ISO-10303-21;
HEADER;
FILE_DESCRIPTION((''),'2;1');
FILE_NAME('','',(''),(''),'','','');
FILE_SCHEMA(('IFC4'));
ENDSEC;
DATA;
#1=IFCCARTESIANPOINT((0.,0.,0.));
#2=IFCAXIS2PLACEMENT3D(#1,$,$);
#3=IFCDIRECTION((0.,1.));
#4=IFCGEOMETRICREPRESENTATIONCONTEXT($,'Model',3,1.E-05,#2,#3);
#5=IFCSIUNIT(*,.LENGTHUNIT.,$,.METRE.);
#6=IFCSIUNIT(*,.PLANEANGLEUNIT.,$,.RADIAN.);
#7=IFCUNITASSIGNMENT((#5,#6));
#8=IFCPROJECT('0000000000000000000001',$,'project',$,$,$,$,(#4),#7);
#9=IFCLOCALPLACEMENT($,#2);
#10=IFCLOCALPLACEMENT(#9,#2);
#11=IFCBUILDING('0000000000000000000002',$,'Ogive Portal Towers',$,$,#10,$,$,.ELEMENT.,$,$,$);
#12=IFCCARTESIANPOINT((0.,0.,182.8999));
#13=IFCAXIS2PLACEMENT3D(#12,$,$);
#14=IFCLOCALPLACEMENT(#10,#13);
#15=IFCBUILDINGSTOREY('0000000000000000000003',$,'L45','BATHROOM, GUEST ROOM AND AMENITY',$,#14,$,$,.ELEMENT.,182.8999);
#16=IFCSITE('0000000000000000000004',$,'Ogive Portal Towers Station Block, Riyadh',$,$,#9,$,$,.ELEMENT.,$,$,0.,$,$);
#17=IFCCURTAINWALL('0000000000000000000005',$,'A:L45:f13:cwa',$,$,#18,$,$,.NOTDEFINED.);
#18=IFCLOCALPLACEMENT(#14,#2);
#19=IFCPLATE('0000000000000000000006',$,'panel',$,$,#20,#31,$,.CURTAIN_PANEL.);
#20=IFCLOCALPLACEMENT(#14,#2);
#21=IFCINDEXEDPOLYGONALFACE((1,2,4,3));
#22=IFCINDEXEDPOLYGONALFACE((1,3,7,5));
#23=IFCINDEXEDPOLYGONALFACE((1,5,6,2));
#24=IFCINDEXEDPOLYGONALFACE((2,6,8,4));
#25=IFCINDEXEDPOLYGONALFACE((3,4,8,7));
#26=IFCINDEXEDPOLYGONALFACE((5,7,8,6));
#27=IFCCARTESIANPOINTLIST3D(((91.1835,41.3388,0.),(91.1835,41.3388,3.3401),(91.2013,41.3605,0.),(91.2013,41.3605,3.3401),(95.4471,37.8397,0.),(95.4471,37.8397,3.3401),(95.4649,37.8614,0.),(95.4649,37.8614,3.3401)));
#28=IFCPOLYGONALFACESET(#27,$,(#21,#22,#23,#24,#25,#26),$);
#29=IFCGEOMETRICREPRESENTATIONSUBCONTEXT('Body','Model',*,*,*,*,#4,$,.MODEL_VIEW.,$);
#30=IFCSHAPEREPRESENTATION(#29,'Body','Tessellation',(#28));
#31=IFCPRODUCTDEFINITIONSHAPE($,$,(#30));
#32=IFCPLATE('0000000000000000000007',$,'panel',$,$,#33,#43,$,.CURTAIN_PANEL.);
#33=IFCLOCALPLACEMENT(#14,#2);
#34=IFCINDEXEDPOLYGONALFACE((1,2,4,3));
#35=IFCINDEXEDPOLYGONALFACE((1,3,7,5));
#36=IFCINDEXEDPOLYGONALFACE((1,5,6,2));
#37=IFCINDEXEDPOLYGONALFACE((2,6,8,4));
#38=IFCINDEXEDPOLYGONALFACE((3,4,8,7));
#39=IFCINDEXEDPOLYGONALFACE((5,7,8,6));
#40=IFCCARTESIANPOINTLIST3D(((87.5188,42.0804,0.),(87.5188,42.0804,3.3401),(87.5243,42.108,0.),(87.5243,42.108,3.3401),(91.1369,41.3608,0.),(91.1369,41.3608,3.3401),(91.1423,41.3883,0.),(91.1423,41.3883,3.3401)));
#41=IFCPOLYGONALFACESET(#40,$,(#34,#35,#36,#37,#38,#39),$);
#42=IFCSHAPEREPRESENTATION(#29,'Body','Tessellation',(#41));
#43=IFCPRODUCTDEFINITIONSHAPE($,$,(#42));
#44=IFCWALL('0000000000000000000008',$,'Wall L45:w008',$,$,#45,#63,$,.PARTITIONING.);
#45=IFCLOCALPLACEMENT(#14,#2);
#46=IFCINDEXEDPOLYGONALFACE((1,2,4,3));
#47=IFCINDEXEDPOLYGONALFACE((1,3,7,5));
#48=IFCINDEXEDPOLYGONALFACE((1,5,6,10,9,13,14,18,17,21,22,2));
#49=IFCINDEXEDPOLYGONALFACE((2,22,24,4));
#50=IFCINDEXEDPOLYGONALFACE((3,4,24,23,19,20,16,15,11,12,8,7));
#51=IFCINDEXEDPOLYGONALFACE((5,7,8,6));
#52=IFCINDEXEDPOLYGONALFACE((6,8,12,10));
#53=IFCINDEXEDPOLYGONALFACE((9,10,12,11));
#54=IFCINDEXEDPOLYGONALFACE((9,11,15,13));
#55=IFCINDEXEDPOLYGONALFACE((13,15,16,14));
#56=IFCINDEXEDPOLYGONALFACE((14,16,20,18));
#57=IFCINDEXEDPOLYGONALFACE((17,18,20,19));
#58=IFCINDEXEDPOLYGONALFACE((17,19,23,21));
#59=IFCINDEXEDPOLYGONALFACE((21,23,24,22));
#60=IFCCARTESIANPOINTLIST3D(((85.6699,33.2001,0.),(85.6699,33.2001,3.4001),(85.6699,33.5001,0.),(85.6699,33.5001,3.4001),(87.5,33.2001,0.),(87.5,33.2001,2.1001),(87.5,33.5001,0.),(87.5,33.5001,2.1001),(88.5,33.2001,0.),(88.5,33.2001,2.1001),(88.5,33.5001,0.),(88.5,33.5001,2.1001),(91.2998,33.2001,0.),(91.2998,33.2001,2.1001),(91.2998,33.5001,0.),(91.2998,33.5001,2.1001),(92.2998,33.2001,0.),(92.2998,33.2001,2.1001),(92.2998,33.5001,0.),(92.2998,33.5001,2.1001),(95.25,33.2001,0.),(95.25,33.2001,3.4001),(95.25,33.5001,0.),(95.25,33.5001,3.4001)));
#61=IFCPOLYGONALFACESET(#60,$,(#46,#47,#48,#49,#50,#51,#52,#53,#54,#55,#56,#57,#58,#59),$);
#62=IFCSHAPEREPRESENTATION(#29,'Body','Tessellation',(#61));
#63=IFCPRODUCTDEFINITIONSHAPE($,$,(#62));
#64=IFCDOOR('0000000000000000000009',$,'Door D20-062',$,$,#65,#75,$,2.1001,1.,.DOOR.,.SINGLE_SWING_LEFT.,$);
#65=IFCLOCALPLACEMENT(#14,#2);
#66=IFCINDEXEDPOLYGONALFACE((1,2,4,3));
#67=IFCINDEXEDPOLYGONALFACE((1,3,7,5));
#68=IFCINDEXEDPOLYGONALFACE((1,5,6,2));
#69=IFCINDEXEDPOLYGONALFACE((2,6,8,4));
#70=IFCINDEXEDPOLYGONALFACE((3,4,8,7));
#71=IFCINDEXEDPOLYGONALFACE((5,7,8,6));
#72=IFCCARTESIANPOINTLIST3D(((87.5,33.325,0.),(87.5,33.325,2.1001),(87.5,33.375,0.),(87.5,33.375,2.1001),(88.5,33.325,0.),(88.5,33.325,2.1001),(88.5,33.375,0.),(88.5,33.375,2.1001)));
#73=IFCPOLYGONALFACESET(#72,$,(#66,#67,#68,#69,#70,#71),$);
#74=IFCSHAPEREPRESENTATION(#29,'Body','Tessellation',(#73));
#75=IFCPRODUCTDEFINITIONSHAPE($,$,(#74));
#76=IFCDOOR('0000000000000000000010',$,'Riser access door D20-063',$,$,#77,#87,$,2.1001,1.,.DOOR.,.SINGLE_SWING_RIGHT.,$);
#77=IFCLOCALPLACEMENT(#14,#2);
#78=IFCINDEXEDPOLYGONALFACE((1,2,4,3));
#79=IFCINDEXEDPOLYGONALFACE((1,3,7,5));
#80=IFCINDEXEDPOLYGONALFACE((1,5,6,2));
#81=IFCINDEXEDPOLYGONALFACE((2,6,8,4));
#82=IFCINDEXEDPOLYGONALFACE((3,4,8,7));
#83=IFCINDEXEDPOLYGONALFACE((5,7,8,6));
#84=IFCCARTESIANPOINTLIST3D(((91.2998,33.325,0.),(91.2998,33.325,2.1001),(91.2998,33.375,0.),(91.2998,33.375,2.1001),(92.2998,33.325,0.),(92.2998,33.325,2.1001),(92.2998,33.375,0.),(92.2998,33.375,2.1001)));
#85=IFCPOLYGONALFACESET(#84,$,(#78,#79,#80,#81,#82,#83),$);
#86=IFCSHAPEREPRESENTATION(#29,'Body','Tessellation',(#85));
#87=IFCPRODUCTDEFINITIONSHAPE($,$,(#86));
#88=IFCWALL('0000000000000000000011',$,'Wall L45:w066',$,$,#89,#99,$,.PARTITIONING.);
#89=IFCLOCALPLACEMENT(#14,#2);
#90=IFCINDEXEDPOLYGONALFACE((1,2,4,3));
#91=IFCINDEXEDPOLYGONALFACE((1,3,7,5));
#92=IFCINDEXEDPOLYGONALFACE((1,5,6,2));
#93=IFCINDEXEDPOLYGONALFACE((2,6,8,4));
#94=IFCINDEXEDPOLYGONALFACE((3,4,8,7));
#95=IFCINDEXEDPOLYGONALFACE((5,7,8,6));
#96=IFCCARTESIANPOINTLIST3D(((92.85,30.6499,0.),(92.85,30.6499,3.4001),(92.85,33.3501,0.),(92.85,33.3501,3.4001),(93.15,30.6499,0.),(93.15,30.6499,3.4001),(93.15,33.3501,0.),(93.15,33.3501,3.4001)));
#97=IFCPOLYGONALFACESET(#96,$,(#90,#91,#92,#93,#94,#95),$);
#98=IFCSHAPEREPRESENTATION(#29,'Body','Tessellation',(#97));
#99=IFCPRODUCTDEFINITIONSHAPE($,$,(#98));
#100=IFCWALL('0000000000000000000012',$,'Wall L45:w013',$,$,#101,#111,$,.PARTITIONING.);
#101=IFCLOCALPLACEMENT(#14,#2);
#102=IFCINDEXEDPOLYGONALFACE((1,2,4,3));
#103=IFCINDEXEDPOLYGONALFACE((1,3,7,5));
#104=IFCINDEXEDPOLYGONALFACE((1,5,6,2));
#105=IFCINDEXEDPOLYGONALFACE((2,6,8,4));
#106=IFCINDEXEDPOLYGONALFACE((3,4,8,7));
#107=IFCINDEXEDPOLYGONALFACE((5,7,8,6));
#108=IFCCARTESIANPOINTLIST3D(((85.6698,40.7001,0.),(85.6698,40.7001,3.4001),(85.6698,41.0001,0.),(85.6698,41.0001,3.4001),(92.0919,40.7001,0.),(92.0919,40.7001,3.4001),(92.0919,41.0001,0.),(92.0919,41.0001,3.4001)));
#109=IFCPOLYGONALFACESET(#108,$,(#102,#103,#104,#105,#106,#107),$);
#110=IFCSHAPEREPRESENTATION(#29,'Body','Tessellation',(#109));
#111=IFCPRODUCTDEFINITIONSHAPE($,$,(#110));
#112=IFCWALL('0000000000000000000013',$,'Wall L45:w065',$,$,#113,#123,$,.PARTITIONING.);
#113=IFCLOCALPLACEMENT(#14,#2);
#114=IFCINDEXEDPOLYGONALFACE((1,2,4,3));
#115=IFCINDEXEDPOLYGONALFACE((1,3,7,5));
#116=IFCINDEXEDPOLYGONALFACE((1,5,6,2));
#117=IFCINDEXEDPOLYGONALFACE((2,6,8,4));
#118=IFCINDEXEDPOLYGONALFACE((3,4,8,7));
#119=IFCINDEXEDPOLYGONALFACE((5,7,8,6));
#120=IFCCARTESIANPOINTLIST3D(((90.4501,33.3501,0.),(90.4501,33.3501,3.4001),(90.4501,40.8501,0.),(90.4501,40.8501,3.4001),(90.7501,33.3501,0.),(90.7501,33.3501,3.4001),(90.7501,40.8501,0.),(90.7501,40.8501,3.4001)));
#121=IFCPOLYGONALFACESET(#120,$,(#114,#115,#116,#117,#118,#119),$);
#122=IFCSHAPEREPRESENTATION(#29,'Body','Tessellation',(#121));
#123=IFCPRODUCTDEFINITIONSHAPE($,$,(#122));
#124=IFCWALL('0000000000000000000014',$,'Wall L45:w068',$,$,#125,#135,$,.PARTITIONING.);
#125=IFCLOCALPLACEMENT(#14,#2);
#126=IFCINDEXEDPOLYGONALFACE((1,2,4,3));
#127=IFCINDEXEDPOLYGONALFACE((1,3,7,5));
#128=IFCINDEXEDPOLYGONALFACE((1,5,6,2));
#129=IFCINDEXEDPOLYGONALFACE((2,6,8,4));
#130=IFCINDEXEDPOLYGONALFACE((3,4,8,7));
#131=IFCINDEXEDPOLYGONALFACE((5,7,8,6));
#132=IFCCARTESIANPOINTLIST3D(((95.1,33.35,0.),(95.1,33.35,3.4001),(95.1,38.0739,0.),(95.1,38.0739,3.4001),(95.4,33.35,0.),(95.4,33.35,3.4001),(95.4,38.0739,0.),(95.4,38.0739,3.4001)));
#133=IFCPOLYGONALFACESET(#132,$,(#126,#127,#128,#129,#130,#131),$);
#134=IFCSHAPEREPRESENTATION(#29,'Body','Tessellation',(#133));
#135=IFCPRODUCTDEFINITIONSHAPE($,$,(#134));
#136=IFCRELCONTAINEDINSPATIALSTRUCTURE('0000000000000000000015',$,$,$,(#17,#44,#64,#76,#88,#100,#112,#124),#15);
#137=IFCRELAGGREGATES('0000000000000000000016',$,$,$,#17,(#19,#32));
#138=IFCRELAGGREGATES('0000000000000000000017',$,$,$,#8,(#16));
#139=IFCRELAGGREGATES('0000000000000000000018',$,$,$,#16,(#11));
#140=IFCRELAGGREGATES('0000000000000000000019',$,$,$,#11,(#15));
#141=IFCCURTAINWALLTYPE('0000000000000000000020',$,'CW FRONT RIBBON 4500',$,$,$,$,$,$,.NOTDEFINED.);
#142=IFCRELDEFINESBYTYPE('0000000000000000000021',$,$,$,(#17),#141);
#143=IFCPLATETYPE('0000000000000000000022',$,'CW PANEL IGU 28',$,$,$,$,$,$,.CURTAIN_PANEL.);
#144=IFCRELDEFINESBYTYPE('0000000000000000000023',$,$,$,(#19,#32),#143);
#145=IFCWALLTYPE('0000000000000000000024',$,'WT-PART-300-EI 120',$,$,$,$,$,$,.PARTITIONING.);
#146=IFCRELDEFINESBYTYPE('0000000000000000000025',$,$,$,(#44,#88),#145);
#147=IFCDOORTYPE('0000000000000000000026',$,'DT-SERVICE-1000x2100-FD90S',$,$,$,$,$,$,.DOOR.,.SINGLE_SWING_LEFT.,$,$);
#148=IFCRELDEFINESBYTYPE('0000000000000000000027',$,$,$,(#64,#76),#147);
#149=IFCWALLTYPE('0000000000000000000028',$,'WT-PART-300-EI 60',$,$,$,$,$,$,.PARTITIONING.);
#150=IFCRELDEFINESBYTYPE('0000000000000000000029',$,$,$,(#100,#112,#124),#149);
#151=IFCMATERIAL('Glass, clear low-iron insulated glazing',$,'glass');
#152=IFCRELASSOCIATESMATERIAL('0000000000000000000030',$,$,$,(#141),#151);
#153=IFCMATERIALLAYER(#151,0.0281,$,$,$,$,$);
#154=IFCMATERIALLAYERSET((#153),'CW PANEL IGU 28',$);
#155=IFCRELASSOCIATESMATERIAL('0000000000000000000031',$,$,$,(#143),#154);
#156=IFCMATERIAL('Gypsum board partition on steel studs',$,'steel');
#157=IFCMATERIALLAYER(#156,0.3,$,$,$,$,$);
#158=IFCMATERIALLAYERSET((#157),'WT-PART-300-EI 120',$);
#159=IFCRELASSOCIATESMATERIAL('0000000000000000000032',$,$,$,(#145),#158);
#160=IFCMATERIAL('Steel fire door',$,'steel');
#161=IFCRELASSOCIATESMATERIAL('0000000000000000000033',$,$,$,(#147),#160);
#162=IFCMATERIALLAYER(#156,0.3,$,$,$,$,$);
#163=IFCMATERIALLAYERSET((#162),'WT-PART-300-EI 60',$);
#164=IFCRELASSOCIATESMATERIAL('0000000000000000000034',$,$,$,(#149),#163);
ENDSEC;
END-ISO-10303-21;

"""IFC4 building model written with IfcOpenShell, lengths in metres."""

from ifc_helpers import new_model, si_unit, direction, frame, frame_2d, origin, origin_2d, place, context, subcontext, project, spatial, rectangle, extrude, material, layer, layer_set, type_object, element, fill, aggregate, save


model = new_model("IFC4")

# Units and contexts
model_context = context("Model", 3, precision=1e-05, world=origin(), true_north=direction((0.0, 1.0)))
body_context = subcontext(model_context, "Body", "Model", "MODEL_VIEW")
ifc_project = project(units=[si_unit("LENGTHUNIT", "METRE"), si_unit("PLANEANGLEUNIT", "RADIAN")], contexts=[model_context])

# Site, building, storey
site_placement = place(None, origin())
site = spatial("IfcSite", under=ifc_project, at=site_placement, Name="Ogive Portal Towers Station Block, Riyadh", CompositionType="ELEMENT", RefElevation=0.0)
building_placement = place(site_placement, origin())
building = spatial("IfcBuilding", under=site, at=building_placement, Name="Ogive Portal Towers", CompositionType="ELEMENT")
storey_placement = place(building_placement, frame((0.0, 0.0, 182.8999)))
storey = spatial("IfcBuildingStorey", under=building, at=storey_placement, Name="L45", Description="BATHROOM, GUEST ROOM AND AMENITY", CompositionType="ELEMENT", Elevation=182.8999)

# Shared definitions
ifc_material_1 = material(Name="Glass, clear low-iron insulated glazing", Category="glass")
curtain_wall_type = type_object("IfcCurtainWallType", Name="CW FRONT RIBBON 4500", PredefinedType="NOTDEFINED", material=ifc_material_1)

# Curtain wall
curtain_wall_1_placement = place(storey_placement, origin())
curtain_wall_1 = element("IfcCurtainWall", 1, at=curtain_wall_1_placement, inside=storey, type_object=curtain_wall_type, Name="A:L45:f13:cwa", PredefinedType="NOTDEFINED")

# Plates
ifc_layer_1 = layer(ifc_material_1, 0.0281)
ifc_layer_set_1 = layer_set([ifc_layer_1], Name="CW PANEL IGU 28")
plate_type = type_object("IfcPlateType", Name="CW PANEL IGU 28", PredefinedType="CURTAIN_PANEL", material=ifc_layer_set_1)
plate_1_placement = place(storey_placement, frame((93.3242, 39.6001, 0.0), z_axis=(0.0, 0.0, 1.0), x_axis=(-0.77301, 0.634393, 0.0)))
plate_1 = element("IfcPlate", 2, at=plate_1_placement, type_object=plate_type, Name="panel", PredefinedType="CURTAIN_PANEL", context=body_context, shape_type="SweptSolid", body=[
    extrude(rectangle(XDim=5.5156, YDim=0.0281, at=origin_2d()), origin(), (0.0, 0.0, 1.0), 3.3401),
])
plate_2_placement = place(storey_placement, frame((89.3306, 41.7344, 0.0), z_axis=(0.0, 0.0, 1.0), x_axis=(-0.980785, 0.19509, 0.0)))
plate_2 = element("IfcPlate", 3, at=plate_2_placement, type_object=plate_type, Name="panel", PredefinedType="CURTAIN_PANEL", context=body_context, shape_type="SweptSolid", body=[
    extrude(rectangle(XDim=3.689, YDim=0.0281, at=origin_2d()), origin(), (0.0, 0.0, 1.0), 3.3401),
])
aggregate(curtain_wall_1, [plate_1, plate_2])

# Wall, openings, doors
ifc_material_2 = material(Name="Gypsum board partition on steel studs", Category="steel")
ifc_layer_2 = layer(ifc_material_2, 0.3)
ifc_layer_set_2 = layer_set([ifc_layer_2], Name="WT-PART-300-EI 120")
wall_type_1 = type_object("IfcWallType", Name="WT-PART-300-EI 120", PredefinedType="PARTITIONING", material=ifc_layer_set_2)
wall_1_placement = place(storey_placement, frame((85.6699, 33.3501, 0.0), z_axis=(0.0, 0.0, 1.0), x_axis=(1.0, 0.0, 0.0)))
wall_1 = element("IfcWall", 4, at=wall_1_placement, inside=storey, type_object=wall_type_1, Name="Wall L45:w008", PredefinedType="PARTITIONING", context=body_context, shape_type="SweptSolid", body=[
    extrude(rectangle(XDim=9.5801, YDim=0.3, at=frame_2d((4.79, 0.0))), origin(), (0.0, 0.0, 1.0), 3.4001),
])
opening_1_placement = place(wall_1_placement, frame((1.8301, 0.0, 0.0)))
opening_1 = element("IfcOpeningElement", 5, at=opening_1_placement, cuts=wall_1, PredefinedType="OPENING", context=body_context, shape_type="SweptSolid", body=[
    extrude(rectangle(XDim=1.0, YDim=2.1001, at=frame_2d((0.5, 1.05))), frame((0.0, 0.1602, 0.0), z_axis=(0.0, -1.0, 0.0), x_axis=(1.0, 0.0, 0.0)), (0.0, 0.0, 1.0), 0.3201),
])
opening_2_placement = place(wall_1_placement, frame((5.6299, 0.0, 0.0)))
opening_2 = element("IfcOpeningElement", 6, at=opening_2_placement, cuts=wall_1, PredefinedType="OPENING", context=body_context, shape_type="SweptSolid", body=[
    extrude(rectangle(XDim=1.0, YDim=2.1001, at=frame_2d((0.5, 1.05))), frame((0.0, 0.1602, 0.0), z_axis=(0.0, -1.0, 0.0), x_axis=(1.0, 0.0, 0.0)), (0.0, 0.0, 1.0), 0.3201),
])
ifc_material_3 = material(Name="Steel fire door", Category="steel")
door_type = type_object("IfcDoorType", Name="DT-SERVICE-1000x2100-FD90S", OperationType="SINGLE_SWING_LEFT", PredefinedType="DOOR", material=ifc_material_3)
door_1_placement = place(opening_1_placement, origin())
door_1 = element("IfcDoor", 7, at=door_1_placement, inside=storey, type_object=door_type, Name="Door D20-062", OperationType="SINGLE_SWING_LEFT", OverallHeight=2.1001, OverallWidth=1.0, PredefinedType="DOOR", context=body_context, shape_type="SweptSolid", body=[
    extrude(rectangle(XDim=1.0, YDim=2.1001, at=frame_2d((0.5, 1.05))), frame((0.0, 0.0249, 0.0), z_axis=(0.0, -1.0, 0.0), x_axis=(1.0, 0.0, 0.0)), (0.0, 0.0, 1.0), 0.05),
])
fill(opening_1, door_1)
door_2_placement = place(opening_2_placement, origin())
door_2 = element("IfcDoor", 8, at=door_2_placement, inside=storey, type_object=door_type, Name="Riser access door D20-063", OperationType="SINGLE_SWING_RIGHT", OverallHeight=2.1001, OverallWidth=1.0, PredefinedType="DOOR", context=body_context, shape_type="SweptSolid", body=[
    extrude(rectangle(XDim=1.0, YDim=2.1001, at=frame_2d((0.5, 1.05))), frame((0.0, 0.0249, 0.0), z_axis=(0.0, -1.0, 0.0), x_axis=(1.0, 0.0, 0.0)), (0.0, 0.0, 1.0), 0.05),
])
fill(opening_2, door_2)

# Walls
wall_2_placement = place(storey_placement, frame((93.0, 30.6499, 0.0), z_axis=(0.0, 0.0, 1.0), x_axis=(0.0, 1.0, 0.0)))
element("IfcWall", 9, at=wall_2_placement, inside=storey, type_object=wall_type_1, Name="Wall L45:w066", PredefinedType="PARTITIONING", context=body_context, shape_type="SweptSolid", body=[
    extrude(rectangle(XDim=2.7002, YDim=0.3, at=frame_2d((1.3501, 0.0))), origin(), (0.0, 0.0, 1.0), 3.4001),
])
ifc_layer_3 = layer(ifc_material_2, 0.3)
ifc_layer_set_3 = layer_set([ifc_layer_3], Name="WT-PART-300-EI 60")
wall_type_2 = type_object("IfcWallType", Name="WT-PART-300-EI 60", PredefinedType="PARTITIONING", material=ifc_layer_set_3)
wall_3_placement = place(storey_placement, frame((85.6699, 40.8501, 0.0), z_axis=(0.0, 0.0, 1.0), x_axis=(1.0, 0.0, 0.0)))
element("IfcWall", 10, at=wall_3_placement, inside=storey, type_object=wall_type_2, Name="Wall L45:w013", PredefinedType="PARTITIONING", context=body_context, shape_type="SweptSolid", body=[
    extrude(rectangle(XDim=6.4221, YDim=0.3, at=frame_2d((3.2109, 0.0))), origin(), (0.0, 0.0, 1.0), 3.4001),
])
wall_4_placement = place(storey_placement, frame((90.6001, 33.3501, 0.0), z_axis=(0.0, 0.0, 1.0), x_axis=(0.0, 1.0, 0.0)))
element("IfcWall", 11, at=wall_4_placement, inside=storey, type_object=wall_type_2, Name="Wall L45:w065", PredefinedType="PARTITIONING", context=body_context, shape_type="SweptSolid", body=[
    extrude(rectangle(XDim=7.5, YDim=0.3, at=frame_2d((3.75, 0.0))), origin(), (0.0, 0.0, 1.0), 3.4001),
])
wall_5_placement = place(storey_placement, frame((95.25, 33.3501, 0.0), z_axis=(0.0, 0.0, 1.0), x_axis=(0.0, 1.0, 0.0)))
element("IfcWall", 12, at=wall_5_placement, inside=storey, type_object=wall_type_2, Name="Wall L45:w068", PredefinedType="PARTITIONING", context=body_context, shape_type="SweptSolid", body=[
    extrude(rectangle(XDim=4.7239, YDim=0.3, at=frame_2d((2.3618, 0.0))), origin(), (0.0, 0.0, 1.0), 3.4001),
])

save(model, "model.ifc")
